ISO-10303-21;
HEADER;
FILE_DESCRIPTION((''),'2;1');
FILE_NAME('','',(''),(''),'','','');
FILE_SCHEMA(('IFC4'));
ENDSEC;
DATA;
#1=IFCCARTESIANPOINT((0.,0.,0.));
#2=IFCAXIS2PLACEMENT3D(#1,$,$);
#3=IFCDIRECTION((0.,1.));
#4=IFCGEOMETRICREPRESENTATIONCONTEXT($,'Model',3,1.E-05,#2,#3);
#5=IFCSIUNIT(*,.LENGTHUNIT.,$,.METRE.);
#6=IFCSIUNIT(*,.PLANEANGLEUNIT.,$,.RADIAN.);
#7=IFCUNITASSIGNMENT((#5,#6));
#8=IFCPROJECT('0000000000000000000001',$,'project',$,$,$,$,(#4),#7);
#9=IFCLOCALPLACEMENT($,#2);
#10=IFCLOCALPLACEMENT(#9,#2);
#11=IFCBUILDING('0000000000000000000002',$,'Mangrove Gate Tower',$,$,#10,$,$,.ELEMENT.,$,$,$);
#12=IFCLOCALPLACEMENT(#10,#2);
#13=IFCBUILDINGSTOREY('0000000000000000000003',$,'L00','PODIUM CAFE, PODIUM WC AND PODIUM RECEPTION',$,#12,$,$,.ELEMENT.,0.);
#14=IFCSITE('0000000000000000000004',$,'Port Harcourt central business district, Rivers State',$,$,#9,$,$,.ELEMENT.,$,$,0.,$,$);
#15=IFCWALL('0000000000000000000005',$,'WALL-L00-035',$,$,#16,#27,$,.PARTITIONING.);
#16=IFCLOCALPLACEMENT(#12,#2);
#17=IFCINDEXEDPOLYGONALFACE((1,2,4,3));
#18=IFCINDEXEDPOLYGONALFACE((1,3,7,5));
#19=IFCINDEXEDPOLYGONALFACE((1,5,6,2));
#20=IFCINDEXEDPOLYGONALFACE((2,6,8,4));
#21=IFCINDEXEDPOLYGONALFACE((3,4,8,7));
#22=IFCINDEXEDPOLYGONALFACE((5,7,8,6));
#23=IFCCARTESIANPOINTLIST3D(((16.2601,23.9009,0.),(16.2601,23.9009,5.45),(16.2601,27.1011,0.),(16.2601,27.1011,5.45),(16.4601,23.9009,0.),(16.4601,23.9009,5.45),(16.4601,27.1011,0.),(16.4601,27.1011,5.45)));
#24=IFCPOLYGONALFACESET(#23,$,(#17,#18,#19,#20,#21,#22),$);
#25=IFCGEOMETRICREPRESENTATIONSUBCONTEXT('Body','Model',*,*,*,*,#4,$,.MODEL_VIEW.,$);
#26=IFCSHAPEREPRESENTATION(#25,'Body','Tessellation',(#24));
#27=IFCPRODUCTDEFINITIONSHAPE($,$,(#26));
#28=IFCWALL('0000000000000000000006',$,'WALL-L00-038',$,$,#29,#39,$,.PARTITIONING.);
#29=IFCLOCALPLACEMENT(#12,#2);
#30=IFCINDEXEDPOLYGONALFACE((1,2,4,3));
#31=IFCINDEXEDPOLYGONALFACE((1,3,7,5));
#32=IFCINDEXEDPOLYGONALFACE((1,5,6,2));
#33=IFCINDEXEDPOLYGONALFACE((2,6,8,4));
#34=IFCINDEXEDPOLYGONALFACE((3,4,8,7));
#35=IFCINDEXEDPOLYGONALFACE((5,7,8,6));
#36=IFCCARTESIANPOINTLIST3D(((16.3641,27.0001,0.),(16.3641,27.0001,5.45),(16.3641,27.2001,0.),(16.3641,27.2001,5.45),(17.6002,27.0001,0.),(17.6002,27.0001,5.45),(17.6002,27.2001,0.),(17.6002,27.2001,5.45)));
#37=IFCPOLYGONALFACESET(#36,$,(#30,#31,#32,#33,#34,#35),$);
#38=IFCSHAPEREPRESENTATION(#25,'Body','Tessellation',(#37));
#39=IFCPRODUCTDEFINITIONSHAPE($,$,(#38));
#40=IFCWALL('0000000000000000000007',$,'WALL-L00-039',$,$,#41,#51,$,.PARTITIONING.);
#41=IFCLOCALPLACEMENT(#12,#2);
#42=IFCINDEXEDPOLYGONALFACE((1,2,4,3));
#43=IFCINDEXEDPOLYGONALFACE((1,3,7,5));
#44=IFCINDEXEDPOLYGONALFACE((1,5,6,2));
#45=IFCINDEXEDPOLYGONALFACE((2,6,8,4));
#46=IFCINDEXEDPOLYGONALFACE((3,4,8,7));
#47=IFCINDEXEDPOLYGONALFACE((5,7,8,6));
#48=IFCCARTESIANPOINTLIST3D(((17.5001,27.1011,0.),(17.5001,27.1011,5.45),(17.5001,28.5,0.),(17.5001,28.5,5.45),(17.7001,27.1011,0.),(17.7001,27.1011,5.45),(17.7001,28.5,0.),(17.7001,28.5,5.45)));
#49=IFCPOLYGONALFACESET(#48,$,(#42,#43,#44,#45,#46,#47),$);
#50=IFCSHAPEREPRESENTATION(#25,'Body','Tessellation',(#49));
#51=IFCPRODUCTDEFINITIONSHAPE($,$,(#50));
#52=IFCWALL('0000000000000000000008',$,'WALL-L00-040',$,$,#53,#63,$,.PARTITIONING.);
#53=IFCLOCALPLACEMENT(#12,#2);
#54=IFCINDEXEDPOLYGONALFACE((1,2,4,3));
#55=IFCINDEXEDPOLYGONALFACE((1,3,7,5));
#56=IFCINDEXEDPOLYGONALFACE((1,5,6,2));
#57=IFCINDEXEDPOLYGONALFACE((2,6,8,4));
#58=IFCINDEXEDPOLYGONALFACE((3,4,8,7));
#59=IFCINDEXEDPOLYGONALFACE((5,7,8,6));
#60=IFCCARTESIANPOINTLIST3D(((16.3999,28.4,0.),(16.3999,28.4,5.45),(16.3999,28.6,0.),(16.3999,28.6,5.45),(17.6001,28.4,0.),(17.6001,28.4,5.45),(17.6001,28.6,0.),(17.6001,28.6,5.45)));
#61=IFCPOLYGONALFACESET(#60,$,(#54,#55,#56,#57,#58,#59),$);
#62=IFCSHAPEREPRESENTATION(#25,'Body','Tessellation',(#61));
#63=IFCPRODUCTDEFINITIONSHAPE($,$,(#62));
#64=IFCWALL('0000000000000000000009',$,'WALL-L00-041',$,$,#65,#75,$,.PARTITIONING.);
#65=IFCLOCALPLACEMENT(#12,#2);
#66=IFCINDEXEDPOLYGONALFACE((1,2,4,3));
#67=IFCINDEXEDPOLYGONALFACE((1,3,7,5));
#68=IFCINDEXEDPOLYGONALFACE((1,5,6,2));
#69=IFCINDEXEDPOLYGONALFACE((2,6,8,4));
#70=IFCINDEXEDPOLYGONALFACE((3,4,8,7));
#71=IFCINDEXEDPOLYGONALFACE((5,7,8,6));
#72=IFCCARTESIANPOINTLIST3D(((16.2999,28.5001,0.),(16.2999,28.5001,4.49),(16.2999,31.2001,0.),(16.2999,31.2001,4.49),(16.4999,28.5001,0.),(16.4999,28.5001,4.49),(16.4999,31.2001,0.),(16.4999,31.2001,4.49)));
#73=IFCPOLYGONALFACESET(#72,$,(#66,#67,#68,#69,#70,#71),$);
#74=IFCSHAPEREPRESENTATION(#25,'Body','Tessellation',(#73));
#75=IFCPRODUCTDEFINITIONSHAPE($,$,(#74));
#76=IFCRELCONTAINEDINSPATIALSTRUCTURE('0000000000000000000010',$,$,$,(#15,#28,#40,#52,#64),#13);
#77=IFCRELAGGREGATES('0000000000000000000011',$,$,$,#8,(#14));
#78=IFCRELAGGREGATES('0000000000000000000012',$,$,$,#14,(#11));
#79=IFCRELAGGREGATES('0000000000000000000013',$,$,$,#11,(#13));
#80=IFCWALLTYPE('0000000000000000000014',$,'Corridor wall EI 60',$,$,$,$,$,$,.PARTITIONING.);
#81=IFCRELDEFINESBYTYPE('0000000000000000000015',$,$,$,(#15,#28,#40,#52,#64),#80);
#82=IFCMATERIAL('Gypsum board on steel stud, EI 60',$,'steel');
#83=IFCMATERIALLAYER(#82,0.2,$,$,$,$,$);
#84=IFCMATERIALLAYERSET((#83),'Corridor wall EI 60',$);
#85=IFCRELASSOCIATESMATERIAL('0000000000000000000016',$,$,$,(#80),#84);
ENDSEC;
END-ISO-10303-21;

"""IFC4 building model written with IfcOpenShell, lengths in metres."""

from ifc_helpers import new_model, si_unit, direction, frame, frame_2d, origin, place, context, subcontext, project, spatial, rectangle, extrude, material, layer, layer_set, type_object, element, save


model = new_model("IFC4")

# Units and contexts
model_context = context("Model", 3, precision=1e-05, world=origin(), true_north=direction((0.0, 1.0)))
body_context = subcontext(model_context, "Body", "Model", "MODEL_VIEW")
ifc_project = project(units=[si_unit("LENGTHUNIT", "METRE"), si_unit("PLANEANGLEUNIT", "RADIAN")], contexts=[model_context])

# Site, building, storey
site_placement = place(None, origin())
site = spatial("IfcSite", under=ifc_project, at=site_placement, Name="Port Harcourt central business district, Rivers State", CompositionType="ELEMENT", RefElevation=0.0)
building_placement = place(site_placement, origin())
building = spatial("IfcBuilding", under=site, at=building_placement, Name="Mangrove Gate Tower", CompositionType="ELEMENT")
storey_placement = place(building_placement, origin())
storey = spatial("IfcBuildingStorey", under=building, at=storey_placement, Name="L00", Description="PODIUM CAFE, PODIUM WC AND PODIUM RECEPTION", CompositionType="ELEMENT", Elevation=0.0)

# Walls
ifc_material_1 = material(Name="Gypsum board on steel stud, EI 60", Category="steel")
ifc_layer_1 = layer(ifc_material_1, 0.2)
ifc_layer_set_1 = layer_set([ifc_layer_1], Name="Corridor wall EI 60")
wall_type = type_object("IfcWallType", Name="Corridor wall EI 60", PredefinedType="PARTITIONING", material=ifc_layer_set_1)
wall_1_placement = place(storey_placement, frame((16.3601, 23.9009, 0.0), z_axis=(0.0, 0.0, 1.0), x_axis=(0.0, 1.0, 0.0)))
element("IfcWall", 1, at=wall_1_placement, inside=storey, type_object=wall_type, Name="WALL-L00-035", PredefinedType="PARTITIONING", context=body_context, shape_type="SweptSolid", body=[
    extrude(rectangle(XDim=3.2002, YDim=0.2, at=frame_2d((1.6001, 0.0))), origin(), (0.0, 0.0, 1.0), 5.45),
])
wall_2_placement = place(storey_placement, frame((16.364, 27.1001, 0.0), z_axis=(0.0, 0.0, 1.0), x_axis=(1.0, 0.0, 0.0)))
element("IfcWall", 2, at=wall_2_placement, inside=storey, type_object=wall_type, Name="WALL-L00-038", PredefinedType="PARTITIONING", context=body_context, shape_type="SweptSolid", body=[
    extrude(rectangle(XDim=1.2361, YDim=0.2, at=frame_2d((0.6182, 0.0))), origin(), (0.0, 0.0, 1.0), 5.45),
])
wall_3_placement = place(storey_placement, frame((17.6001, 27.1011, 0.0), z_axis=(0.0, 0.0, 1.0), x_axis=(0.0, 1.0, 0.0)))
element("IfcWall", 3, at=wall_3_placement, inside=storey, type_object=wall_type, Name="WALL-L00-039", PredefinedType="PARTITIONING", context=body_context, shape_type="SweptSolid", body=[
    extrude(rectangle(XDim=1.3989, YDim=0.2, at=frame_2d((0.6995, 0.0))), origin(), (0.0, 0.0, 1.0), 5.45),
])
wall_4_placement = place(storey_placement, frame((16.3999, 28.5, 0.0), z_axis=(0.0, 0.0, 1.0), x_axis=(1.0, 0.0, 0.0)))
element("IfcWall", 4, at=wall_4_placement, inside=storey, type_object=wall_type, Name="WALL-L00-040", PredefinedType="PARTITIONING", context=body_context, shape_type="SweptSolid", body=[
    extrude(rectangle(XDim=1.2002, YDim=0.2, at=frame_2d((0.6001, 0.0))), origin(), (0.0, 0.0, 1.0), 5.45),
])
wall_5_placement = place(storey_placement, frame((16.3999, 28.5, 0.0), z_axis=(0.0, 0.0, 1.0), x_axis=(0.0, 1.0, 0.0)))
element("IfcWall", 5, at=wall_5_placement, inside=storey, type_object=wall_type, Name="WALL-L00-041", PredefinedType="PARTITIONING", context=body_context, shape_type="SweptSolid", body=[
    extrude(rectangle(XDim=2.7, YDim=0.2, at=frame_2d((1.3501, 0.0))), origin(), (0.0, 0.0, 1.0), 4.49),
])

save(model, "model.ifc")
